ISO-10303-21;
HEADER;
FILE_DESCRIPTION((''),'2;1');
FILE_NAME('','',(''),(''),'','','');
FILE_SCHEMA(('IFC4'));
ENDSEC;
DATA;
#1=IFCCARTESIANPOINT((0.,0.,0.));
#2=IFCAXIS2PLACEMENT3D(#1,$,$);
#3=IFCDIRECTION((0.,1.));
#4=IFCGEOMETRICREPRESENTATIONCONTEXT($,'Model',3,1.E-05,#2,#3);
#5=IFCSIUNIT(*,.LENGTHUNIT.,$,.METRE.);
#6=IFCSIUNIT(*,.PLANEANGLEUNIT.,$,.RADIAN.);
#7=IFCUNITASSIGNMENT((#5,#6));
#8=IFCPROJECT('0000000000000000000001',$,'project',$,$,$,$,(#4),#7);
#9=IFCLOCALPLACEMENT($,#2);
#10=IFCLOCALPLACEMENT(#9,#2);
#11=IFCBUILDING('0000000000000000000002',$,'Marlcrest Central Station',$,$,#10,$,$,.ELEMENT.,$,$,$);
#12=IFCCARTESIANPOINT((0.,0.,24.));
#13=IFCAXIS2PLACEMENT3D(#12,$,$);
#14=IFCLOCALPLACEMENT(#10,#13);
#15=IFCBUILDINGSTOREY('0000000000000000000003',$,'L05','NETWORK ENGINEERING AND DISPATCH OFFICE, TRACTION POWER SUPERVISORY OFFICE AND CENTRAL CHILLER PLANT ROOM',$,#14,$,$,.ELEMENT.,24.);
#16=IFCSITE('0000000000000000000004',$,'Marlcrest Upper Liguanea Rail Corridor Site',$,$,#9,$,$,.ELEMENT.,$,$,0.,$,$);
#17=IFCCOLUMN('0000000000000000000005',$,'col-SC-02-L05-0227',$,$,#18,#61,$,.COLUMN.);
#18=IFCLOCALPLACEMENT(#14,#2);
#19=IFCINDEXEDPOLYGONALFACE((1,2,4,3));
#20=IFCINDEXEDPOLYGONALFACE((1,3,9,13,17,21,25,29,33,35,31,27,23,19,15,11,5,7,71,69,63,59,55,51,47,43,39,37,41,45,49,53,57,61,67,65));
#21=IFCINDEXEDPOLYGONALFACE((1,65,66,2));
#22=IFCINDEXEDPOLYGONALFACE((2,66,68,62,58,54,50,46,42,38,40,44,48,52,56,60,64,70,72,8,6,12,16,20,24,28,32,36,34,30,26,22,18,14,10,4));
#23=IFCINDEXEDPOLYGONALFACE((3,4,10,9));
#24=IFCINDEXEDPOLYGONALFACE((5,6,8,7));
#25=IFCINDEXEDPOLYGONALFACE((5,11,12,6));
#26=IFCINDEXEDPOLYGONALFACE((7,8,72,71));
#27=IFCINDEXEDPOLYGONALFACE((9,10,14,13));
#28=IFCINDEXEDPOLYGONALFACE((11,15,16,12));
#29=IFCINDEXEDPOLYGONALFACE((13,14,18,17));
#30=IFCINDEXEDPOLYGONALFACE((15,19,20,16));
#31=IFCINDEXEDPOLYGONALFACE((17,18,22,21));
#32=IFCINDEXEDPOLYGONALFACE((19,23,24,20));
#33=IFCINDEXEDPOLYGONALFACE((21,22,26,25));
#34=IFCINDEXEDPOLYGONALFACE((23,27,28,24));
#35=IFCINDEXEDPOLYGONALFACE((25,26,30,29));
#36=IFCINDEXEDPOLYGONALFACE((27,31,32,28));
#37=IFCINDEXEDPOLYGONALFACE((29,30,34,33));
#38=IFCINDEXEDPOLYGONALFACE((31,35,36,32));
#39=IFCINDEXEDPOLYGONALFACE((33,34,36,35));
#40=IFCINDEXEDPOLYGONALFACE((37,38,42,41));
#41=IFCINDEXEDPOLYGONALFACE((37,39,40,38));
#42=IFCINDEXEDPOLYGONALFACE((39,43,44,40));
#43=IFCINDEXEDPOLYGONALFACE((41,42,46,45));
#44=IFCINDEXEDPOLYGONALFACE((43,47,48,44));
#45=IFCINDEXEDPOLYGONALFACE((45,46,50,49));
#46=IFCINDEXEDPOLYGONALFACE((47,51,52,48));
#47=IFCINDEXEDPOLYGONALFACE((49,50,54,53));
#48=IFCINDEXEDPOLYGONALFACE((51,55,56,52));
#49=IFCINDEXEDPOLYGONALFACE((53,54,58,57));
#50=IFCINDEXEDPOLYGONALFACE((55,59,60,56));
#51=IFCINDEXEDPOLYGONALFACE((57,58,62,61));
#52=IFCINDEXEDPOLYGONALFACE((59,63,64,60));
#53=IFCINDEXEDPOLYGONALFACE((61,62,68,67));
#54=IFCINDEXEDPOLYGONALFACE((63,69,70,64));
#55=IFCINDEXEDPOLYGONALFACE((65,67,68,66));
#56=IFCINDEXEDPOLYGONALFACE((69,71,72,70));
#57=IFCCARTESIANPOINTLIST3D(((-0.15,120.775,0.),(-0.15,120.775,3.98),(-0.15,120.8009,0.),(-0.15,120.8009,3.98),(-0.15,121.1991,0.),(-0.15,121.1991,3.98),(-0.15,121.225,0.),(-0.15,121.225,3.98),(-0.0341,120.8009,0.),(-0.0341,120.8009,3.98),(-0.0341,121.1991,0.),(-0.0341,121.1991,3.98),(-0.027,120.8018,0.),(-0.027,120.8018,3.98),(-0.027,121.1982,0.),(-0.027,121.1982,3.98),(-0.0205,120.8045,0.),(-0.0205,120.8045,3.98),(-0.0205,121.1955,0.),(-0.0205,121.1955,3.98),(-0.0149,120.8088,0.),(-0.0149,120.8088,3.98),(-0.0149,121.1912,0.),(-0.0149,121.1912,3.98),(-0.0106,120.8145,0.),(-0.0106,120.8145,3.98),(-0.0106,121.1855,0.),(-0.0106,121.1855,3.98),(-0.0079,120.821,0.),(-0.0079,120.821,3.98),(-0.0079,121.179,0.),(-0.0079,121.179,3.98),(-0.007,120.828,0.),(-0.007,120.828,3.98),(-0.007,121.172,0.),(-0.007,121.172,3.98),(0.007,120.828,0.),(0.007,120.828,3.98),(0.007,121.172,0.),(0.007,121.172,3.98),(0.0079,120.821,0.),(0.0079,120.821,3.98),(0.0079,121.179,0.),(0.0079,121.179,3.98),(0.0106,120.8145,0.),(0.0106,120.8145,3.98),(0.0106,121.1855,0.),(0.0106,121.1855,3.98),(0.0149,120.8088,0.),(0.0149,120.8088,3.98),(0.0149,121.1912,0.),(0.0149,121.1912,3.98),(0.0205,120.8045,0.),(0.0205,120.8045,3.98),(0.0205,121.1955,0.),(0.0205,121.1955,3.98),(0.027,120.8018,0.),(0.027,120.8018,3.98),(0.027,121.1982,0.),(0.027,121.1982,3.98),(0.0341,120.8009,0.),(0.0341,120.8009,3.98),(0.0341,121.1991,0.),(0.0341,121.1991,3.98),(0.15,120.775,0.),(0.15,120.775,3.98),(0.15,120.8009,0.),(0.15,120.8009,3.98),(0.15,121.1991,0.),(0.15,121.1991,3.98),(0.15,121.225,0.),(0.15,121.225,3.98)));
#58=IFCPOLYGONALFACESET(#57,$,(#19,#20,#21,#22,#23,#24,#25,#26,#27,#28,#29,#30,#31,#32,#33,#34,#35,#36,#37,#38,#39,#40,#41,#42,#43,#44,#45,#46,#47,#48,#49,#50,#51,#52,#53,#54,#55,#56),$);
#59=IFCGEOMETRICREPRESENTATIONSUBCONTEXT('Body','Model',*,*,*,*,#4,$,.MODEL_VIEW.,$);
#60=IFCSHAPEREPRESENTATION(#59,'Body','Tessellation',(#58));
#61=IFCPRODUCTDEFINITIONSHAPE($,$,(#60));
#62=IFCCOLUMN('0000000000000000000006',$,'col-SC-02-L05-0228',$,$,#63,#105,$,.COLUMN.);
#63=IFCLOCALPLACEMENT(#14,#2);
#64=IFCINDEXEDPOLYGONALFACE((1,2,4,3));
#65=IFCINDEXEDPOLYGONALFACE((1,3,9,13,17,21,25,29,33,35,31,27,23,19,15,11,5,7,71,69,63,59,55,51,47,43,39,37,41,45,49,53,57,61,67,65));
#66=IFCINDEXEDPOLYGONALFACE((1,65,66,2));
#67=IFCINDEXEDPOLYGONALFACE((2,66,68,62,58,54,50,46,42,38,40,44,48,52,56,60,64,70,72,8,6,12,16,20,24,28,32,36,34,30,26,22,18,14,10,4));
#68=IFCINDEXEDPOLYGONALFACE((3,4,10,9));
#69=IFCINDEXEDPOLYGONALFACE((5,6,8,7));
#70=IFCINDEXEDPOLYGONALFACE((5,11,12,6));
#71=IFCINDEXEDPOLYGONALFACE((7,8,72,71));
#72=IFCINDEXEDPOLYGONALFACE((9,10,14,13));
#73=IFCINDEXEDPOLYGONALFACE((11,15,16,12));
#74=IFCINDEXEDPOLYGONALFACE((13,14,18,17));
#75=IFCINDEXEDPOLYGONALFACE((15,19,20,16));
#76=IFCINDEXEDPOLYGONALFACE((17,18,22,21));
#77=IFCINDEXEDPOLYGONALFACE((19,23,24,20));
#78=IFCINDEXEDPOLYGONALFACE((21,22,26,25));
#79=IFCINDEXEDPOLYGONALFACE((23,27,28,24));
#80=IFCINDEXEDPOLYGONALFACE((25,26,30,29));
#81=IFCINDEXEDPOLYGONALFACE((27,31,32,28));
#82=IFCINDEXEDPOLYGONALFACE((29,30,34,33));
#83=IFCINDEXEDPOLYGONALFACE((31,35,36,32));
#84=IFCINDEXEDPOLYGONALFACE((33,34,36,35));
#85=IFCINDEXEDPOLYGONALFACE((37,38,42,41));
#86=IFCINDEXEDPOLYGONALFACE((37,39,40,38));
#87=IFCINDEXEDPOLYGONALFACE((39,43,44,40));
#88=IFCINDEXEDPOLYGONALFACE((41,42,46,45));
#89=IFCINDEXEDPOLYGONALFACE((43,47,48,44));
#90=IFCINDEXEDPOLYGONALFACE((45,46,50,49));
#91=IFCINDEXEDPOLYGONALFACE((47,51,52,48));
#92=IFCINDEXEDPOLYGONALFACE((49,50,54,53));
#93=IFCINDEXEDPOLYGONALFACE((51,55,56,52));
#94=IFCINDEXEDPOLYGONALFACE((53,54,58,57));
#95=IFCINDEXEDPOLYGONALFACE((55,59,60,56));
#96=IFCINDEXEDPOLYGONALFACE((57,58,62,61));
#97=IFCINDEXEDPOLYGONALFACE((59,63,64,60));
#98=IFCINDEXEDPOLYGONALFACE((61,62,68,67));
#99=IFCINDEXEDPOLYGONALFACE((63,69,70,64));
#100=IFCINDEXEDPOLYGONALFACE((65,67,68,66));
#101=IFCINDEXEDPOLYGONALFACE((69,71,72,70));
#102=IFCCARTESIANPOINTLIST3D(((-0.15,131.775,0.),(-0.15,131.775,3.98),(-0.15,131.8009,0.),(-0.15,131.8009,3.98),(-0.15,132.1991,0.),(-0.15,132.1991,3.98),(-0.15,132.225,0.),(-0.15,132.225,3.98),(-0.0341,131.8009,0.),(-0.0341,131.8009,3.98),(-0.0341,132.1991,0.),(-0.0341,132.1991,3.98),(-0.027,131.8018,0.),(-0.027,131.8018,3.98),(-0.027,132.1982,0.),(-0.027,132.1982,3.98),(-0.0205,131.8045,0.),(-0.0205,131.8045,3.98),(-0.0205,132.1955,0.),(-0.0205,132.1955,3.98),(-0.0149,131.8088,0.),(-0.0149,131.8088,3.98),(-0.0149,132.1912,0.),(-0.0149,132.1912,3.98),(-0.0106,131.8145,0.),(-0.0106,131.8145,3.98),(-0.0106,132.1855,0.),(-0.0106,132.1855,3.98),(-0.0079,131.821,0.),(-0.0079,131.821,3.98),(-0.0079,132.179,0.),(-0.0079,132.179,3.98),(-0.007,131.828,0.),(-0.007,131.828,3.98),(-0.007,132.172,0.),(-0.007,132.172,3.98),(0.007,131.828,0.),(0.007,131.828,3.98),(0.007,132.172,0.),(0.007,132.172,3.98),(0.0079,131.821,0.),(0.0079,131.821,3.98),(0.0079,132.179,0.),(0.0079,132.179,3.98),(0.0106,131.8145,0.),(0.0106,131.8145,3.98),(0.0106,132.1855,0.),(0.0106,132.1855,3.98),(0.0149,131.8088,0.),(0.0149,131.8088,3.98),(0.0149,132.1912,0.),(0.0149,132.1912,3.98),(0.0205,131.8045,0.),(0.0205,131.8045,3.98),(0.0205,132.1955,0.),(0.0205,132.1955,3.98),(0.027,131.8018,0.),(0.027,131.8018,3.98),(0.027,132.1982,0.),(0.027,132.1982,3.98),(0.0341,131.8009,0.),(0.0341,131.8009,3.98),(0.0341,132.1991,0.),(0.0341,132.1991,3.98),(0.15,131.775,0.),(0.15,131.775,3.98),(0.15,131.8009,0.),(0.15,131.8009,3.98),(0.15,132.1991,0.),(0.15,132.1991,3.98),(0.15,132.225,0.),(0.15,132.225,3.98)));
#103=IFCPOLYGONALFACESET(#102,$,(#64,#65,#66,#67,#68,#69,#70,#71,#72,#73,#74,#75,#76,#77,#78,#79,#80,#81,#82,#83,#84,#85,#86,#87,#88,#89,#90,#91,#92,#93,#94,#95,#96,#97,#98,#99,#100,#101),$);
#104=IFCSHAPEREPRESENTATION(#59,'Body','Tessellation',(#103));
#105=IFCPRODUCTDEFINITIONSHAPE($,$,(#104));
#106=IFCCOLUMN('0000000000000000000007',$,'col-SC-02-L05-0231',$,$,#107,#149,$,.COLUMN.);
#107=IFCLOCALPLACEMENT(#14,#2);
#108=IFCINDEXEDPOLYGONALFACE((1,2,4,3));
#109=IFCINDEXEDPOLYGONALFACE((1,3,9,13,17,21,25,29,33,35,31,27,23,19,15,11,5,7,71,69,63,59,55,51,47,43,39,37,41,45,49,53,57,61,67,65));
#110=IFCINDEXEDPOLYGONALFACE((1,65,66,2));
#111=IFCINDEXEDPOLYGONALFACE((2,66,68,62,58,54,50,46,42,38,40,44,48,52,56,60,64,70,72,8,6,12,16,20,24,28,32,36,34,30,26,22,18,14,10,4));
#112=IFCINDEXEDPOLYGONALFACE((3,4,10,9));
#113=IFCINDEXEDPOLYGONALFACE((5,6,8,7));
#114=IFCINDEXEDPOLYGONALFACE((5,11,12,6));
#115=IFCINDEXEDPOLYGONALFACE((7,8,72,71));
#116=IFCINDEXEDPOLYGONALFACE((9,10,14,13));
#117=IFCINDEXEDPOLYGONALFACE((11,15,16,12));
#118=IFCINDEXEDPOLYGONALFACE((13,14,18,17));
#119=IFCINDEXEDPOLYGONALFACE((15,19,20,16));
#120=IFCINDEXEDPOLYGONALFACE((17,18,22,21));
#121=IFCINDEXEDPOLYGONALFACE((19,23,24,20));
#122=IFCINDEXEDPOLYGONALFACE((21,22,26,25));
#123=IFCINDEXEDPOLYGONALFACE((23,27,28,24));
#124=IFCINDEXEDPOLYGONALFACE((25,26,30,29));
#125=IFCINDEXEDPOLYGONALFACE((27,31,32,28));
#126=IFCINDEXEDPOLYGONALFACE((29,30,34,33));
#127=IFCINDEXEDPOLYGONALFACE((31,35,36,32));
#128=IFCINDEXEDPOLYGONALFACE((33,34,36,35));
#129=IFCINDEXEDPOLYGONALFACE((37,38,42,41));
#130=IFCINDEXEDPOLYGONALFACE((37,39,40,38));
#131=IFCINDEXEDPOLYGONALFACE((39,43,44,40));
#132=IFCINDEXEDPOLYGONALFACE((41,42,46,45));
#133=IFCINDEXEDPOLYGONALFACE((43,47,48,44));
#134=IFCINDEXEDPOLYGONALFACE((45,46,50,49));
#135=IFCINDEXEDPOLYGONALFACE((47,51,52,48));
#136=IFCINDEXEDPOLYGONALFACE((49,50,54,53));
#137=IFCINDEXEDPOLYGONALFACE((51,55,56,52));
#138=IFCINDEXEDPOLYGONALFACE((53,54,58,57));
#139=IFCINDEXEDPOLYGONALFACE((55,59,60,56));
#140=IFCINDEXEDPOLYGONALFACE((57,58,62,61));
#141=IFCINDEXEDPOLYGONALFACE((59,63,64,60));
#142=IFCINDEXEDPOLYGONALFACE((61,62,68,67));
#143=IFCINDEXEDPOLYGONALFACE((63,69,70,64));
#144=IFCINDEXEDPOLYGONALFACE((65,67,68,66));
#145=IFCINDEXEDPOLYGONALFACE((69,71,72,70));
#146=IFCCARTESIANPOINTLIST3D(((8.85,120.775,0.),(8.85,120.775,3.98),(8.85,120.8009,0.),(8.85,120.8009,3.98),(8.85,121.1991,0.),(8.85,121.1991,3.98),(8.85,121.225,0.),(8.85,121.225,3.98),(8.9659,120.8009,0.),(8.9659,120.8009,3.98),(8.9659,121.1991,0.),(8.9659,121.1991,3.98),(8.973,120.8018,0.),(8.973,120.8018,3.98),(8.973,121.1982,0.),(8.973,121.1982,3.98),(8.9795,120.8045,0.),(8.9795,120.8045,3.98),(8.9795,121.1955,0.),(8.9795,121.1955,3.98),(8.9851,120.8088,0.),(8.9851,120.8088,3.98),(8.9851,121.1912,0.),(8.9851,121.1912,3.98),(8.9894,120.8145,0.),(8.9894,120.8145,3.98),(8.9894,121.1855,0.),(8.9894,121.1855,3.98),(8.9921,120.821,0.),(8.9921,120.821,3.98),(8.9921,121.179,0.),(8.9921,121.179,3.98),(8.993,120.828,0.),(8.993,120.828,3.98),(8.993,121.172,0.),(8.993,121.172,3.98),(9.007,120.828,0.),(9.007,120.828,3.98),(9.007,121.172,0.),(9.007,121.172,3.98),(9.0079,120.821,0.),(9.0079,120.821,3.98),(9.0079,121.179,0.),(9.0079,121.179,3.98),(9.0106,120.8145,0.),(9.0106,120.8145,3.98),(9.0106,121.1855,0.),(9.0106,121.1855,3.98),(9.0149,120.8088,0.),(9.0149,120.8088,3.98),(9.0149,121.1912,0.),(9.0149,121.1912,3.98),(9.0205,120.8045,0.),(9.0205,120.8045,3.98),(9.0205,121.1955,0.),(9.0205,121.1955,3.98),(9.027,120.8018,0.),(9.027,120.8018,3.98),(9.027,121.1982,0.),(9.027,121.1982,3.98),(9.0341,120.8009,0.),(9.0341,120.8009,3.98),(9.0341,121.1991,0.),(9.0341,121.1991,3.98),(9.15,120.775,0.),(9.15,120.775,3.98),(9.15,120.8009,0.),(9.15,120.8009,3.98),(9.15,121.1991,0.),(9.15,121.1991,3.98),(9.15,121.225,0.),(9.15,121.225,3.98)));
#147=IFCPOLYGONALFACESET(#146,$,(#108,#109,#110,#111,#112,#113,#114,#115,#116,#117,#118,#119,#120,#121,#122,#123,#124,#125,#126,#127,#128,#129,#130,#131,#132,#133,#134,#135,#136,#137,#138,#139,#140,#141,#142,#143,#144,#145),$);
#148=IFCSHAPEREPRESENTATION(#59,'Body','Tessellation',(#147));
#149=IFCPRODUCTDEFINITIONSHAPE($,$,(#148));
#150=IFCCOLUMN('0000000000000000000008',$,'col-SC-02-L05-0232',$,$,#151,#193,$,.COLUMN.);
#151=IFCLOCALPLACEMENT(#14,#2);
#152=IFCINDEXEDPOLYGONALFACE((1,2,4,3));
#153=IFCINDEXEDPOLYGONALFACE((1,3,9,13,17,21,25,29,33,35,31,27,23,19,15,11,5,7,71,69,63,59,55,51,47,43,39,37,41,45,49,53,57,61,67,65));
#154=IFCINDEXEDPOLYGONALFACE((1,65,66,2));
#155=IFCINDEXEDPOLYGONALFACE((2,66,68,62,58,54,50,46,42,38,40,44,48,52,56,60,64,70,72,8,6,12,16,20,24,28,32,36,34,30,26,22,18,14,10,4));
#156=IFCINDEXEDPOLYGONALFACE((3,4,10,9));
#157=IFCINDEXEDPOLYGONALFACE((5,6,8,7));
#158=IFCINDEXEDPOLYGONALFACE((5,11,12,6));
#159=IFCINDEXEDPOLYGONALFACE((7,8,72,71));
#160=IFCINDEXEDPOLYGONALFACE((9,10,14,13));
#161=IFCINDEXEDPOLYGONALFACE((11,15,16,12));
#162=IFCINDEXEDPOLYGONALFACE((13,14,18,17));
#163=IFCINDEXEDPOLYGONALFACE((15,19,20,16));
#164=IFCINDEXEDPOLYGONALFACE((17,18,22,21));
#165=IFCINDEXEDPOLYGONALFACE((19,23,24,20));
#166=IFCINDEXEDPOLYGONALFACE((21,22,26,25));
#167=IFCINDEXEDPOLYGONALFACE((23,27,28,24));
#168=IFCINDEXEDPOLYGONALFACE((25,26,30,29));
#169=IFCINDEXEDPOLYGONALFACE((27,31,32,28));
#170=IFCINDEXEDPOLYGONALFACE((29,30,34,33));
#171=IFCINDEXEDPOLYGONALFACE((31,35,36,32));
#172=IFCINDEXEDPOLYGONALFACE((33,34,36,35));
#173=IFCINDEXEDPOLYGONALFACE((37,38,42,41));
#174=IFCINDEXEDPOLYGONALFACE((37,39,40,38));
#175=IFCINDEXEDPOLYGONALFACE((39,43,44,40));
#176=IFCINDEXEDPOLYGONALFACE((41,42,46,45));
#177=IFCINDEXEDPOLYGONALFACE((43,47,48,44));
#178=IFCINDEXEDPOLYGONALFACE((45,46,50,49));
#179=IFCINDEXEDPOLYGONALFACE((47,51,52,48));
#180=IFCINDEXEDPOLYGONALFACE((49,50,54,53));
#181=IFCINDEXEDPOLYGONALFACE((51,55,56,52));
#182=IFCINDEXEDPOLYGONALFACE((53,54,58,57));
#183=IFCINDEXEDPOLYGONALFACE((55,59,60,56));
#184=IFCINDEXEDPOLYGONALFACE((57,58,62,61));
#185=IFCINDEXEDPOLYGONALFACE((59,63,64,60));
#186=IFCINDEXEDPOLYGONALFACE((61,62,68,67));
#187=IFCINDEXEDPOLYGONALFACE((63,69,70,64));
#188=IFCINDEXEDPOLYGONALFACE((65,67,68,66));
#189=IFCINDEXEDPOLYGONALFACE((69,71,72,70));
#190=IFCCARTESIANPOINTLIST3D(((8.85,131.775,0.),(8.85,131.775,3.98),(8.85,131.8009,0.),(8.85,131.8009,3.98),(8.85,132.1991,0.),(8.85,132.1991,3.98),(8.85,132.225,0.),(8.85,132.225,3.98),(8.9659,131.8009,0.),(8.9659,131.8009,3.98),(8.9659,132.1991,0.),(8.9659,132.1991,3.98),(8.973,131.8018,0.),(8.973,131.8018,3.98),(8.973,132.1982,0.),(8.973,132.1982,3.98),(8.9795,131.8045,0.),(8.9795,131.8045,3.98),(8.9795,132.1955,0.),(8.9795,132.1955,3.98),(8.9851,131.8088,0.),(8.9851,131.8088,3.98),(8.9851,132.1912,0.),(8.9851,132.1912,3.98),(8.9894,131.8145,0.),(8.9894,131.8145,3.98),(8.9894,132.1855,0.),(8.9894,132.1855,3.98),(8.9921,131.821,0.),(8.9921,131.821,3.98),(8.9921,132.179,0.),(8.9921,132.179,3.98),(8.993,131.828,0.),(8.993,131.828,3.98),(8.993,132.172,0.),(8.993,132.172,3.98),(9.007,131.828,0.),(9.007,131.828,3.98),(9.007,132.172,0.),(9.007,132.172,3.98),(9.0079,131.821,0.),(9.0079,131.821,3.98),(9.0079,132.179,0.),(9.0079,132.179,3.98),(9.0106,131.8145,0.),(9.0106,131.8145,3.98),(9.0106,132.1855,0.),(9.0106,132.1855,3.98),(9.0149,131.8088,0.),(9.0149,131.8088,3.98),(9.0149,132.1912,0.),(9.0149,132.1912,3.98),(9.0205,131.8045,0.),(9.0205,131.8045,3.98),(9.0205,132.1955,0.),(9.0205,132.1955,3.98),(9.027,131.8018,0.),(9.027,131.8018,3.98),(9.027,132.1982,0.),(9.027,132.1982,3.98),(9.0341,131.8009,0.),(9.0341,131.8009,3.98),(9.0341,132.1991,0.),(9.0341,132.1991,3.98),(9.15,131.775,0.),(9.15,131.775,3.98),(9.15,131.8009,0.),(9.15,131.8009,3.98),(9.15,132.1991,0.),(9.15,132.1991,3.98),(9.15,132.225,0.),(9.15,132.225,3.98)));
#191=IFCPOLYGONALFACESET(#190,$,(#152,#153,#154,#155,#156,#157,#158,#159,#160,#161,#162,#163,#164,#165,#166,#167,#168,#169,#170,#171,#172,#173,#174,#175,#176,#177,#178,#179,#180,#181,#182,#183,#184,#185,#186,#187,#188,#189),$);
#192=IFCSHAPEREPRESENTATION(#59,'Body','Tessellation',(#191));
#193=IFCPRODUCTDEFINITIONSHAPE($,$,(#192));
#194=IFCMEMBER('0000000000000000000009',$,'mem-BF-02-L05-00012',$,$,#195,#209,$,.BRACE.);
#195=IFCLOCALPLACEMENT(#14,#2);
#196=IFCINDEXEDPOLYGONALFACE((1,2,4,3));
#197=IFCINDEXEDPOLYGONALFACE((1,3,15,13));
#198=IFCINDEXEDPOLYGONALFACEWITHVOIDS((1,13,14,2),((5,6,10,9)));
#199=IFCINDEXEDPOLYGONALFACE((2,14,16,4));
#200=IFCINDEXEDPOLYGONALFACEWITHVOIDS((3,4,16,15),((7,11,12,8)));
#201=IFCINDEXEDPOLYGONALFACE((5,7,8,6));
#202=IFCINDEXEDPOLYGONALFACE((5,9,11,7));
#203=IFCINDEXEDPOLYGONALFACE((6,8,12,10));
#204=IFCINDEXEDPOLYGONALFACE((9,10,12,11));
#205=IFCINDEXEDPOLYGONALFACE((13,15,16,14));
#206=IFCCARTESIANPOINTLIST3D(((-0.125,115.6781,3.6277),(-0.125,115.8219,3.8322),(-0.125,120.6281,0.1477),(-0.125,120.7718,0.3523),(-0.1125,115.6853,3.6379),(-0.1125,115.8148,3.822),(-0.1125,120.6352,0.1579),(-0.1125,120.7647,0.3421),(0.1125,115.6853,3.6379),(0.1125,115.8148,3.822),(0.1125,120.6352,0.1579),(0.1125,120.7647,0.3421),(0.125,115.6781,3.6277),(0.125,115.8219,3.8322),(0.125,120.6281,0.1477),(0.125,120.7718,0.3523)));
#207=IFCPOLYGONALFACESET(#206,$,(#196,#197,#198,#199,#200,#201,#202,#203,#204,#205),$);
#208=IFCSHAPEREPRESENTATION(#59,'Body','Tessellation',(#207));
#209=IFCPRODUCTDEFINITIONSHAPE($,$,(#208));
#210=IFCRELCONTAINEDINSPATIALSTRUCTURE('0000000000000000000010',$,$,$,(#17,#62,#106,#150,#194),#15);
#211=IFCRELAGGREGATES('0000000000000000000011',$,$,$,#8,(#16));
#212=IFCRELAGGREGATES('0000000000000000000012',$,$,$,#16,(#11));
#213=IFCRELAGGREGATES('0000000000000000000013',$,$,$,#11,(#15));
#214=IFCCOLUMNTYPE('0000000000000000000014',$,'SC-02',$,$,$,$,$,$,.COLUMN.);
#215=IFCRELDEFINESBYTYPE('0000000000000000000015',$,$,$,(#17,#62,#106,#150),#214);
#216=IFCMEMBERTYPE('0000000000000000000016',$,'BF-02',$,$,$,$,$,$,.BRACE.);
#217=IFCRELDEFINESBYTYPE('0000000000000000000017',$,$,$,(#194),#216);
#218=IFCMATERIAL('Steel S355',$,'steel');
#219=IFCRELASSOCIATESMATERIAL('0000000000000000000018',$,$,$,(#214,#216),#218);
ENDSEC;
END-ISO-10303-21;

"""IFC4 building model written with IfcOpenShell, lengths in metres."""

from ifc_helpers import new_model, si_unit, direction, frame, origin, origin_2d, place, context, subcontext, project, spatial, hollow_rectangle, i_section, extrude, material, material_profile, profile_set, type_object, element, save


model = new_model("IFC4")

# Units and contexts
model_context = context("Model", 3, precision=1e-05, world=origin(), true_north=direction((0.0, 1.0)))
body_context = subcontext(model_context, "Body", "Model", "MODEL_VIEW")
ifc_project = project(units=[si_unit("LENGTHUNIT", "METRE"), si_unit("PLANEANGLEUNIT", "RADIAN")], contexts=[model_context])

# Site, building, storey
site_placement = place(None, origin())
site = spatial("IfcSite", under=ifc_project, at=site_placement, Name="Marlcrest Upper Liguanea Rail Corridor Site", CompositionType="ELEMENT", RefElevation=0.0)
building_placement = place(site_placement, origin())
building = spatial("IfcBuilding", under=site, at=building_placement, Name="Marlcrest Central Station", CompositionType="ELEMENT")
storey_placement = place(building_placement, frame((0.0, 0.0, 24.0)))
storey = spatial("IfcBuildingStorey", under=building, at=storey_placement, Name="L05", Description="NETWORK ENGINEERING AND DISPATCH OFFICE, TRACTION POWER SUPERVISORY OFFICE AND CENTRAL CHILLER PLANT ROOM", CompositionType="ELEMENT", Elevation=24.0)

# Columns
ifc_material_1 = material(Name="Steel S355", Category="steel")
ifc_material_profile_1 = material_profile(ifc_material_1, i_section(OverallWidth=0.3, OverallDepth=0.45, WebThickness=0.0139, FlangeThickness=0.0259, FilletRadius=0.0271, at=origin_2d()), Name="HEB 450")
ifc_profile_set_1 = profile_set([ifc_material_profile_1], Name="Steel S355")
column_type = type_object("IfcColumnType", Name="SC-02", PredefinedType="COLUMN", material=ifc_profile_set_1)
for number, where, z_axis, x_axis, name in (
    (1, (0.0, 121.0, 0.0), (0.0, 0.0, 1.0), (1.0, 0.0, 0.0), "col-SC-02-L05-0227"),
    (2, (0.0, 132.0, 0.0), (0.0, 0.0, 1.0), (1.0, 0.0, 0.0), "col-SC-02-L05-0228"),
    (3, (9.0, 121.0, 0.0), (0.0, 0.0, 1.0), (1.0, 0.0, 0.0), "col-SC-02-L05-0231"),
    (4, (9.0, 132.0, 0.0), (0.0, 0.0, 1.0), (1.0, 0.0, 0.0), "col-SC-02-L05-0232"),
):
    element("IfcColumn", number, at=place(storey_placement, frame(where, z_axis=z_axis, x_axis=x_axis)), inside=storey, type_object=column_type, Name=name, PredefinedType="COLUMN", context=body_context, shape_type="SweptSolid", body=[
        extrude(i_section(OverallWidth=0.3, OverallDepth=0.45, WebThickness=0.0139, FlangeThickness=0.0259, FilletRadius=0.0271, at=origin_2d()), origin(), (0.0, 0.0, 1.0), 3.98),
    ])

# Member
ifc_material_profile_2 = material_profile(ifc_material_1, hollow_rectangle(XDim=0.25, YDim=0.25, WallThickness=0.0125, at=origin_2d()), Name="SHS 250x250x12.5")
ifc_profile_set_2 = profile_set([ifc_material_profile_2], Name="Steel S355")
member_type = type_object("IfcMemberType", Name="BF-02", PredefinedType="BRACE", material=ifc_profile_set_2)
member_placement = place(storey_placement, frame((0.0, 120.7, 0.25), z_axis=(0.0, -0.818064, 0.575127), x_axis=(1.0, 0.0, 0.0)))
element("IfcMember", 5, at=member_placement, inside=storey, type_object=member_type, Name="mem-BF-02-L05-00012", PredefinedType="BRACE", context=body_context, shape_type="SweptSolid", body=[
    extrude(hollow_rectangle(XDim=0.25, YDim=0.25, WallThickness=0.0125, at=origin_2d()), origin(), (0.0, 0.0, 1.0), 6.0508),
])

save(model, "model.ifc")
